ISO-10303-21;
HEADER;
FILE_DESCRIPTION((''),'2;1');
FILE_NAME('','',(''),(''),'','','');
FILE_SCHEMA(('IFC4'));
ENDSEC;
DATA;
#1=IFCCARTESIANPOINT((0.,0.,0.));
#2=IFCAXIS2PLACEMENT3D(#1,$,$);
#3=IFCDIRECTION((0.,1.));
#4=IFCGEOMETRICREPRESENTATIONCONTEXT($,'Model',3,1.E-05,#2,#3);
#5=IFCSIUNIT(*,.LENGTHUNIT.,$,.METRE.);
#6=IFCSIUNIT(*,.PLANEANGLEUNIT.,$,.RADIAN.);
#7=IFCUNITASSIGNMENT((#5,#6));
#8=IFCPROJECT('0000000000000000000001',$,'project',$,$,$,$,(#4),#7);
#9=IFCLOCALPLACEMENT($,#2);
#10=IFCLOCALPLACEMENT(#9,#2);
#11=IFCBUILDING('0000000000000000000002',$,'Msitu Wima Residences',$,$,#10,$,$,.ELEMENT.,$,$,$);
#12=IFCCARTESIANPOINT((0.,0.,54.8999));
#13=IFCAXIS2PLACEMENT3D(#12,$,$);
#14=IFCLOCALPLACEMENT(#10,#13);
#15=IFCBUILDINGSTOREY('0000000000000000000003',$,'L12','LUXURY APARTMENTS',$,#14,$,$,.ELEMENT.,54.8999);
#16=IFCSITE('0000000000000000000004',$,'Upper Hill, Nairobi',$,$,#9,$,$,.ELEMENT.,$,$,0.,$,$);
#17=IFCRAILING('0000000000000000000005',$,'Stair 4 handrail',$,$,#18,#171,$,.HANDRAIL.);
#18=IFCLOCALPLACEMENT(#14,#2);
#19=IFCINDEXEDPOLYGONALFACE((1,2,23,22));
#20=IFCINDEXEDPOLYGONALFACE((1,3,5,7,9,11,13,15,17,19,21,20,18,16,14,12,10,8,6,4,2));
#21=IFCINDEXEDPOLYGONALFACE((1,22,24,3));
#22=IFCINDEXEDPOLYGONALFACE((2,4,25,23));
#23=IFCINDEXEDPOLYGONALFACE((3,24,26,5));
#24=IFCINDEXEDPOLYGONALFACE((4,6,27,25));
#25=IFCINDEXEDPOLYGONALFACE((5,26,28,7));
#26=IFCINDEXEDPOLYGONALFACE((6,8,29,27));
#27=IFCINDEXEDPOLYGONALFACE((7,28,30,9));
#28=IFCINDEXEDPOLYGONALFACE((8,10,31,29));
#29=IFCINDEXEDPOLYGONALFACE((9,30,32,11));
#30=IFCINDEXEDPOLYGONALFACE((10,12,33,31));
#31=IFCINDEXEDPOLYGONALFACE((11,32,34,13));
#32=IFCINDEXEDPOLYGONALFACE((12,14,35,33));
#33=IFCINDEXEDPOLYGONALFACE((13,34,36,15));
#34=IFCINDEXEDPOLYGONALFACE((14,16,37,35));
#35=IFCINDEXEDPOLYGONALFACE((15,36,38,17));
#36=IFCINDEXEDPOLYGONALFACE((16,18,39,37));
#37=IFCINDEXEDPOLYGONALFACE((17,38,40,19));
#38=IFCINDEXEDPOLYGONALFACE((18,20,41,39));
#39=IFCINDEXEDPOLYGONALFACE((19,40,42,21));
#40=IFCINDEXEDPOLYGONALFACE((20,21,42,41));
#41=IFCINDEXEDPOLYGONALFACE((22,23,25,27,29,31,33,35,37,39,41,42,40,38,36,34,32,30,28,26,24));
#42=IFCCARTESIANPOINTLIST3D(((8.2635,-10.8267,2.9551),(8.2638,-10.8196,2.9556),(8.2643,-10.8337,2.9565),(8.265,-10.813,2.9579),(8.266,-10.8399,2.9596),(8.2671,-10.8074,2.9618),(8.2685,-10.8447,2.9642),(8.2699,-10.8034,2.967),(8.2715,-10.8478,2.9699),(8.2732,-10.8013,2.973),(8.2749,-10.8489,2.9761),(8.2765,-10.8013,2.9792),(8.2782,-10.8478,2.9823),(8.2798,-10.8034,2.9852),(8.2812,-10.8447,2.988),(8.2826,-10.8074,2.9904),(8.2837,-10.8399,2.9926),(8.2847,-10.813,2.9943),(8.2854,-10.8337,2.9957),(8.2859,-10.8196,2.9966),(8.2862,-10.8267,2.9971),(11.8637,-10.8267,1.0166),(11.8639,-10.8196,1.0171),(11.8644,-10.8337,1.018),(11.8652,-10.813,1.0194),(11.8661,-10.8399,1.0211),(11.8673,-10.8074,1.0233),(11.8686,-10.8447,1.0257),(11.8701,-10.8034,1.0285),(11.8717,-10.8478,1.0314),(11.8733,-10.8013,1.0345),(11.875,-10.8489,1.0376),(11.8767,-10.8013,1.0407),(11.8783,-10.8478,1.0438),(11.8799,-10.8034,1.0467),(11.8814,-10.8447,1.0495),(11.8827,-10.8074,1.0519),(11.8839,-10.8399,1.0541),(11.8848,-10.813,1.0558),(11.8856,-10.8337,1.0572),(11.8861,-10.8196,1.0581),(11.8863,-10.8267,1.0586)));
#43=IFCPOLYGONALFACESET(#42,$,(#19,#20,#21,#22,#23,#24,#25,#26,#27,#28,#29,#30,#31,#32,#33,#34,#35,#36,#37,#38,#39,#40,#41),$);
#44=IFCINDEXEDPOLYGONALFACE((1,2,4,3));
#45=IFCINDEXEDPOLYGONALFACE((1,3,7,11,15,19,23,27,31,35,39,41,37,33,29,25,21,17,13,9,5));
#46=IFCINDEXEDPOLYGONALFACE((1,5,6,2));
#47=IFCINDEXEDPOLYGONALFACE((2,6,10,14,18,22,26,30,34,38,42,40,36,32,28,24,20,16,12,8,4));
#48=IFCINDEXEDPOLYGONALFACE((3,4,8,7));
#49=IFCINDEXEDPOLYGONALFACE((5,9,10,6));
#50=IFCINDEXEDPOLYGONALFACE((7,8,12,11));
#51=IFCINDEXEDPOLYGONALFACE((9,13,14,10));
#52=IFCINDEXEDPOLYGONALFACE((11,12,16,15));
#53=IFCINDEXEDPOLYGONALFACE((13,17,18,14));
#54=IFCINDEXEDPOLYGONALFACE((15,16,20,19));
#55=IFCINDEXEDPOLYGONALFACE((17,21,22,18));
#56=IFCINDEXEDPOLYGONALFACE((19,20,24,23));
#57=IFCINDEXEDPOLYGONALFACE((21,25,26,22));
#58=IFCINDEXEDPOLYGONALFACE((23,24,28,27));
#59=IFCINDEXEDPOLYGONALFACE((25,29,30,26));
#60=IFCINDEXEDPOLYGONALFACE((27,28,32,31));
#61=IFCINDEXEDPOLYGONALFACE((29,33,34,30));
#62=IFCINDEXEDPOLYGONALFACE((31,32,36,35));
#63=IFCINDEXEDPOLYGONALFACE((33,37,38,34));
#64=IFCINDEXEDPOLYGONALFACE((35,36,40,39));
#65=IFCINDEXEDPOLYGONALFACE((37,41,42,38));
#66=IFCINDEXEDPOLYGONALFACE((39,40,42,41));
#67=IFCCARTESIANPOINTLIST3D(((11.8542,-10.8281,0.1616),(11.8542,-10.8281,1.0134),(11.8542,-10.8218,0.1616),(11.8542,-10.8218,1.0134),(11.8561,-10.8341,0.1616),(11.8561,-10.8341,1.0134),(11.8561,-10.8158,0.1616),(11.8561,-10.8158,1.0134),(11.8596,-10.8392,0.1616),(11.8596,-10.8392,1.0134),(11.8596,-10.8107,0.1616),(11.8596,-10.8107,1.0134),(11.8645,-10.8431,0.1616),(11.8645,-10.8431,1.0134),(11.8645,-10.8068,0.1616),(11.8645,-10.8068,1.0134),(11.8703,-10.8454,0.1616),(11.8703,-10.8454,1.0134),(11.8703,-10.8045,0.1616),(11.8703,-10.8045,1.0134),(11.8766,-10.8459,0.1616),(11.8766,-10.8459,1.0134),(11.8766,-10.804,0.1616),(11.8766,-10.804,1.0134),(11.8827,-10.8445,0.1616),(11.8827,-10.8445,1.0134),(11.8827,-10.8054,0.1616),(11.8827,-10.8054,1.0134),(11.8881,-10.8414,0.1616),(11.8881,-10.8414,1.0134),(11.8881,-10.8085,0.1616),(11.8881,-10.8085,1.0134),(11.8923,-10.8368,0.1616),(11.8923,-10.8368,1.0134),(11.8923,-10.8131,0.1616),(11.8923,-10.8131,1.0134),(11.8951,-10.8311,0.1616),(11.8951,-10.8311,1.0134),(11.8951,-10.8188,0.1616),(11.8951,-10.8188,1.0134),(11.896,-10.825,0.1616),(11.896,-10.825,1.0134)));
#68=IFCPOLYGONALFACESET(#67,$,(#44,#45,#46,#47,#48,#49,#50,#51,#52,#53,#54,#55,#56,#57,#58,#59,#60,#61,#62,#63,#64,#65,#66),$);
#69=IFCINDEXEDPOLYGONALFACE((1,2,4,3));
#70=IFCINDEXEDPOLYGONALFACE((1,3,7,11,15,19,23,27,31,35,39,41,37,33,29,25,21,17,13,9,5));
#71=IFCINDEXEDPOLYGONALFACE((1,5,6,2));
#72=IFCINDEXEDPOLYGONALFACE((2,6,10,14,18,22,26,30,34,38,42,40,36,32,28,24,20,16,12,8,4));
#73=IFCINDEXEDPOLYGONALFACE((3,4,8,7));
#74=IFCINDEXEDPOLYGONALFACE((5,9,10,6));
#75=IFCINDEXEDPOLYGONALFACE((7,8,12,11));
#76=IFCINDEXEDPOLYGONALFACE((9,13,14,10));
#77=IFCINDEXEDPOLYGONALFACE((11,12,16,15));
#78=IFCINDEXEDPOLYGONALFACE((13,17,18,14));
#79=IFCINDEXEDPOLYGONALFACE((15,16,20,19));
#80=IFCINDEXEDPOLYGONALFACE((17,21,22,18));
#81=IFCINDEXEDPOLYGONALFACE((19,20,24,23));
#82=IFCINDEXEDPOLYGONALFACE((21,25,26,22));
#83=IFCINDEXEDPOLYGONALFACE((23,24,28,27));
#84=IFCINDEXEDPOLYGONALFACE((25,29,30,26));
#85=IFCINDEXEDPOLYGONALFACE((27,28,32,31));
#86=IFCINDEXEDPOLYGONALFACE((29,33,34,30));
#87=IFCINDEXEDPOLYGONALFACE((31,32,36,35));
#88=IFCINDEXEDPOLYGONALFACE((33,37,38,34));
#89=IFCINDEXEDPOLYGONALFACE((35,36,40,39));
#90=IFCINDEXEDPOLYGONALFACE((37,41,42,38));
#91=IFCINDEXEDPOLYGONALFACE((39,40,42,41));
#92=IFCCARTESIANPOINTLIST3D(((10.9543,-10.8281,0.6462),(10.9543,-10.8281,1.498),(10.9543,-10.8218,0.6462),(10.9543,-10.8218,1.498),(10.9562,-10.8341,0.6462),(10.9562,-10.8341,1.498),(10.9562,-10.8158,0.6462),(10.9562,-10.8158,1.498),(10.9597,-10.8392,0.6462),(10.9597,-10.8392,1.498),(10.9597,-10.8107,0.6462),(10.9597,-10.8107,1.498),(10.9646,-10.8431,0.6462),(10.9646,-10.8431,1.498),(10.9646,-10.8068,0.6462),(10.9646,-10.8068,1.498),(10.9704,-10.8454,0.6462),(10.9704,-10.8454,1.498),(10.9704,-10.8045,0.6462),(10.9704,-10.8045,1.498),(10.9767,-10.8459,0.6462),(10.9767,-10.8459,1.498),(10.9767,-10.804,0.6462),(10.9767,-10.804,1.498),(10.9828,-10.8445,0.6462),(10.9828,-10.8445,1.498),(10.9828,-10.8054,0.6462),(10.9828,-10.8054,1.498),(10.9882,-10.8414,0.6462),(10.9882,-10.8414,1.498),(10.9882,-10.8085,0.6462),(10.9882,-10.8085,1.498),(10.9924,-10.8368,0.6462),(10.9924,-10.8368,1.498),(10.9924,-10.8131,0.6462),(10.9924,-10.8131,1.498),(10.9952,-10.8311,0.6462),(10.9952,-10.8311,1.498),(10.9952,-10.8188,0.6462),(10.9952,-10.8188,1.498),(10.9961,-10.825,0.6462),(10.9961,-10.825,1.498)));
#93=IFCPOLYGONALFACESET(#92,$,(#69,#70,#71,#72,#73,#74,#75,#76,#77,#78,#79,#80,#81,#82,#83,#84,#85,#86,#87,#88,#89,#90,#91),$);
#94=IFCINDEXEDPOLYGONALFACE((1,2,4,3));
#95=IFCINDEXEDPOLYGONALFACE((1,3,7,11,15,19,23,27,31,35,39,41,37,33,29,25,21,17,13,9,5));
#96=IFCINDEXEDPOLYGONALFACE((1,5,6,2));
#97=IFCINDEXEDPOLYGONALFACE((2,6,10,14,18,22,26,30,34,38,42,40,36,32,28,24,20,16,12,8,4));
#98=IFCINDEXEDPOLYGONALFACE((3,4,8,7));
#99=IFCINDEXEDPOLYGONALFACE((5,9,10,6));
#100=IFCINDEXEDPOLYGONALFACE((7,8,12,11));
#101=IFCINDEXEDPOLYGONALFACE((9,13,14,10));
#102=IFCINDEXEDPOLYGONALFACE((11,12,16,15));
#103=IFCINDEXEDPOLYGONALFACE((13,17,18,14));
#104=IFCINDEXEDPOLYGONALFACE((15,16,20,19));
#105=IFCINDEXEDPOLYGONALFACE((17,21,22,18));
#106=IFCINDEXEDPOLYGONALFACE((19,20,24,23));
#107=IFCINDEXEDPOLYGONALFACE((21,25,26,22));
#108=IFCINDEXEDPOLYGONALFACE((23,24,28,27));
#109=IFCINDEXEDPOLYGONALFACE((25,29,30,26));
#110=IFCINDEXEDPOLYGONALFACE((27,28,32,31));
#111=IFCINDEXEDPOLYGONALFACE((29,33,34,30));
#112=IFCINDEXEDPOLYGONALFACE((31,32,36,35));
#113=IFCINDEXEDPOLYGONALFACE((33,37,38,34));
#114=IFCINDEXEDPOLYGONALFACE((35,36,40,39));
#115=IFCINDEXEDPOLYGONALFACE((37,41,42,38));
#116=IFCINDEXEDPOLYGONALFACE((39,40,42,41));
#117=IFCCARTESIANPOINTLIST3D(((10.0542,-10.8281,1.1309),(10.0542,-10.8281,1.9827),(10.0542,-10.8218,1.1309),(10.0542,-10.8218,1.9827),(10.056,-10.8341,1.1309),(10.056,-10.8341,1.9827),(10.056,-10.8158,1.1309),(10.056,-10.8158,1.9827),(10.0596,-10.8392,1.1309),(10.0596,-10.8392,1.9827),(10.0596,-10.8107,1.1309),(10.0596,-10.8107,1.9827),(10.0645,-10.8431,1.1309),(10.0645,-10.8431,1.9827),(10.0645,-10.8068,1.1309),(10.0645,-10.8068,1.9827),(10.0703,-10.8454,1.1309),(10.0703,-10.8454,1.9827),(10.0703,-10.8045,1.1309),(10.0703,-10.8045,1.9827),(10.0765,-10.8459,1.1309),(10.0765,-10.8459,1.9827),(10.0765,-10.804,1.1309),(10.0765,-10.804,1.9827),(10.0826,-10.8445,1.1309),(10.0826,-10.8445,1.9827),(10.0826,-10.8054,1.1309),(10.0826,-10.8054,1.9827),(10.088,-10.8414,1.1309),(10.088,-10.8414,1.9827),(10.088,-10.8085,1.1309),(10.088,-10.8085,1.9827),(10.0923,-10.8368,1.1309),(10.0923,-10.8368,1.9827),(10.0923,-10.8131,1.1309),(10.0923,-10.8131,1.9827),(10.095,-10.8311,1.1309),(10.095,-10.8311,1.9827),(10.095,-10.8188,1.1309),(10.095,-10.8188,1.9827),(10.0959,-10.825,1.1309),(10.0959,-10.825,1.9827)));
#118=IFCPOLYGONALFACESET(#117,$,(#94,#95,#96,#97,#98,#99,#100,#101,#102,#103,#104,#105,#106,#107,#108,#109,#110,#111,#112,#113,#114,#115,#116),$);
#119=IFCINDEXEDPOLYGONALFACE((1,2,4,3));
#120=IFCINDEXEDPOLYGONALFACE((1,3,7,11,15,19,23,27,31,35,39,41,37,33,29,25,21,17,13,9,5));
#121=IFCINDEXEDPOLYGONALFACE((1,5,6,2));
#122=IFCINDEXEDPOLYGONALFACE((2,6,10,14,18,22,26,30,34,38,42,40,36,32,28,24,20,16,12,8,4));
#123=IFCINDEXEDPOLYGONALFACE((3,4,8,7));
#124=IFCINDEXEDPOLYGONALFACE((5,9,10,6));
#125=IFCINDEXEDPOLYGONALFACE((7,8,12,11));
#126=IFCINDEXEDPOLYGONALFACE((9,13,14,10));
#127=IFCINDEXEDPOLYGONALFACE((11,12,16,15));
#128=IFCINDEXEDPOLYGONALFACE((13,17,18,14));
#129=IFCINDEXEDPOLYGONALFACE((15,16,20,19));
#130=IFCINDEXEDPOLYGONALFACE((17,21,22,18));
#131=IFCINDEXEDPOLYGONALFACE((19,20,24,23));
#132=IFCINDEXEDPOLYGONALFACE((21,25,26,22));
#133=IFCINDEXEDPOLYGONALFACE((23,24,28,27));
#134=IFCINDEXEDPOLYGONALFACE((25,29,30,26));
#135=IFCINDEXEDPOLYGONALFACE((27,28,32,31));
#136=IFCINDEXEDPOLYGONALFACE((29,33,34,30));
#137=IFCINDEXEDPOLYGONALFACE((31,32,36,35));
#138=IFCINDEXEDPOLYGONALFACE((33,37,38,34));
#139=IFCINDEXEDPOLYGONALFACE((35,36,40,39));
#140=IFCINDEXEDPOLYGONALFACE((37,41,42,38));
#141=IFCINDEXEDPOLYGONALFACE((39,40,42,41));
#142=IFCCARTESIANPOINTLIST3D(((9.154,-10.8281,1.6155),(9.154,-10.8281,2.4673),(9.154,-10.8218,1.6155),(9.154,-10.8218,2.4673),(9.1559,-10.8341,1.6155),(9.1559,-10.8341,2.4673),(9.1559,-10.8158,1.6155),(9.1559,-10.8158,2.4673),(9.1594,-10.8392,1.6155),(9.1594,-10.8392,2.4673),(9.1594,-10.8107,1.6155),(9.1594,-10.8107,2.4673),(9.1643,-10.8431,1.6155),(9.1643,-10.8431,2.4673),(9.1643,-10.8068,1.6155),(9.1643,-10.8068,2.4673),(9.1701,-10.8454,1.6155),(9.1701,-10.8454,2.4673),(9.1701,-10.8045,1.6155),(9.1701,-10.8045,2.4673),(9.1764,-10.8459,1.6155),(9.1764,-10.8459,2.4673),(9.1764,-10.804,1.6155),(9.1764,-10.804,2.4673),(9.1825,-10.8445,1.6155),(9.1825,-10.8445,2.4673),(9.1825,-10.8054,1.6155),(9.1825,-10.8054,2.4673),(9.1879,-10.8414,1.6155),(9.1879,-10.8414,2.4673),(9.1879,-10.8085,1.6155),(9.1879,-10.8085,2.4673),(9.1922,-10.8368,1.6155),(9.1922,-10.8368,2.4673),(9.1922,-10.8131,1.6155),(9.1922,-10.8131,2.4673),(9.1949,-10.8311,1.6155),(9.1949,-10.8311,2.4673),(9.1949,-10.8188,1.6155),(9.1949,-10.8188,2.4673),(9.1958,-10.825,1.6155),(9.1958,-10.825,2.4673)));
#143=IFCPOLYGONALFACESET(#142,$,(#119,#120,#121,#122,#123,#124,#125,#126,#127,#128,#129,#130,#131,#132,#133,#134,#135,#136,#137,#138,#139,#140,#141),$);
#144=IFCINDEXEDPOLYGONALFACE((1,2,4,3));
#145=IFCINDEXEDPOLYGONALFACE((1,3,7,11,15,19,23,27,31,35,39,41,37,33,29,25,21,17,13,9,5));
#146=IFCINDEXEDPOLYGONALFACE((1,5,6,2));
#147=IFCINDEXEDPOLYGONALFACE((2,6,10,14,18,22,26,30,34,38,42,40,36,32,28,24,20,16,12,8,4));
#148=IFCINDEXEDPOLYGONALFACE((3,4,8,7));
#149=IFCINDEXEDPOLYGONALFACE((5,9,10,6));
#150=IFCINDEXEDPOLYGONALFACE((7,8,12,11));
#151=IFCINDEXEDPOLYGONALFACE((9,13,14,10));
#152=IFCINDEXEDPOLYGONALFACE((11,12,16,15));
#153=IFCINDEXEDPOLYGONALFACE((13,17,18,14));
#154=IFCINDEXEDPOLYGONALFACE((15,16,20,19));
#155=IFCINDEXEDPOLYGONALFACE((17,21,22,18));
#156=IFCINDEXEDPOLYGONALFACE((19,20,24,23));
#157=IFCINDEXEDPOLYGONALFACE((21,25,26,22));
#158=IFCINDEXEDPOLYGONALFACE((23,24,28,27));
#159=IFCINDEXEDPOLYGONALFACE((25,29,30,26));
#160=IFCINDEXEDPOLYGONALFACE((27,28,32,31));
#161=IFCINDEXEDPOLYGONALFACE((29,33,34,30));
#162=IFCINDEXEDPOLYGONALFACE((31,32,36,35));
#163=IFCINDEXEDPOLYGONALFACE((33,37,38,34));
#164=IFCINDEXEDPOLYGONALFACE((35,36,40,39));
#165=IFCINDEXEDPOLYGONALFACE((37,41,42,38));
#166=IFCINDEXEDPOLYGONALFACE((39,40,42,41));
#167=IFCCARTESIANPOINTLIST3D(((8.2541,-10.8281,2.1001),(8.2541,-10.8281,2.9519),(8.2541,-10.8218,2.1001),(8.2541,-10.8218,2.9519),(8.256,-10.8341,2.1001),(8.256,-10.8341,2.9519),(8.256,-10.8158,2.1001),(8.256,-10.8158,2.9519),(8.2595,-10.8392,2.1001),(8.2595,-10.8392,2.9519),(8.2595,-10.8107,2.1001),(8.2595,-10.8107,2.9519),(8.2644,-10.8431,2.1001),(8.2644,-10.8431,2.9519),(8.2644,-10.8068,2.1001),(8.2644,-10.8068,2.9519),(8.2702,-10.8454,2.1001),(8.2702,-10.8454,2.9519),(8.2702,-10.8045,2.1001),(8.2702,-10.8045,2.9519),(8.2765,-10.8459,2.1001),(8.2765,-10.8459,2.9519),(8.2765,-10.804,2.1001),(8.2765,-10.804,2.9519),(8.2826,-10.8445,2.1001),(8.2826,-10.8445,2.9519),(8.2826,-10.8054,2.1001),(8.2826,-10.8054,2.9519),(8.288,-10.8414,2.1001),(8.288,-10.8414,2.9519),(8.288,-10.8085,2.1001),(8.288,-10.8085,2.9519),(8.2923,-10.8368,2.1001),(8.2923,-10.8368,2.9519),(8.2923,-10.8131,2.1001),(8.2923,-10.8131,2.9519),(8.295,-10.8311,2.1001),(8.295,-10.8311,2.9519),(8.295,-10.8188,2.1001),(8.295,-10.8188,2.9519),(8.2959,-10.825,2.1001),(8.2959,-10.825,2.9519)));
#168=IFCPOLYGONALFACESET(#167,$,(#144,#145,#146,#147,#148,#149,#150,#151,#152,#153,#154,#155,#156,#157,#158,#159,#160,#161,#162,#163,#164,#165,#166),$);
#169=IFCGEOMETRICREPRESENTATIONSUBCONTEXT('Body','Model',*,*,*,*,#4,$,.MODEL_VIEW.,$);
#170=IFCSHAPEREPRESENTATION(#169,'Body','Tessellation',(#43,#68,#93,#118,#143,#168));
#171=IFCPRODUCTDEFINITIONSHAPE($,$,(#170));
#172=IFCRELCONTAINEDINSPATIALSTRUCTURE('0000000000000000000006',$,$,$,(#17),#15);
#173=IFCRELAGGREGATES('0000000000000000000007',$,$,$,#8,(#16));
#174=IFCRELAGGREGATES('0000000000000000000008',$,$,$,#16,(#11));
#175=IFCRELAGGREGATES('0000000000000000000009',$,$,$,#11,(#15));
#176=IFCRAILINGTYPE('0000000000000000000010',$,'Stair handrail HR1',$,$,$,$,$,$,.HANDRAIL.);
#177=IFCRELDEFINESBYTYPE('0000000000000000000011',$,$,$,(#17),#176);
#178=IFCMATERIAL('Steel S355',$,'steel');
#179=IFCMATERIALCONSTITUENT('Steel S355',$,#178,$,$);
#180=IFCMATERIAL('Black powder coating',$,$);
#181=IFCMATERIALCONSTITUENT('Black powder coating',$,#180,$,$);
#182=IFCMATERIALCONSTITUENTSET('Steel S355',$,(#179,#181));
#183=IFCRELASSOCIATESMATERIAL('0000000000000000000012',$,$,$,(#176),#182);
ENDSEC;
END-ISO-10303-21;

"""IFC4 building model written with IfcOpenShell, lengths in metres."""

from ifc_helpers import new_model, si_unit, direction, frame, origin, origin_2d, place, context, subcontext, project, spatial, circle, extrude, material, constituent, constituent_set, type_object, element, save


model = new_model("IFC4")

# Units and contexts
model_context = context("Model", 3, precision=1e-05, world=origin(), true_north=direction((0.0, 1.0)))
body_context = subcontext(model_context, "Body", "Model", "MODEL_VIEW")
ifc_project = project(units=[si_unit("LENGTHUNIT", "METRE"), si_unit("PLANEANGLEUNIT", "RADIAN")], contexts=[model_context])

# Site, building, storey
site_placement = place(None, origin())
site = spatial("IfcSite", under=ifc_project, at=site_placement, Name="Upper Hill, Nairobi", CompositionType="ELEMENT", RefElevation=0.0)
building_placement = place(site_placement, origin())
building = spatial("IfcBuilding", under=site, at=building_placement, Name="Msitu Wima Residences", CompositionType="ELEMENT")
storey_placement = place(building_placement, frame((0.0, 0.0, 54.8999)))
storey = spatial("IfcBuildingStorey", under=building, at=storey_placement, Name="L12", Description="LUXURY APARTMENTS", CompositionType="ELEMENT", Elevation=54.8999)

# Railing
ifc_material_1 = material(Name="Steel S355", Category="steel")
ifc_constituent_1 = constituent(ifc_material_1, Name="Steel S355")
ifc_material_2 = material(Name="Black powder coating")
ifc_constituent_2 = constituent(ifc_material_2, Name="Black powder coating")
ifc_constituent_set = constituent_set(constituents=[ifc_constituent_1, ifc_constituent_2], Name="Steel S355")
railing_type = type_object("IfcRailingType", Name="Stair handrail HR1", PredefinedType="HANDRAIL", material=ifc_constituent_set)
for number, where, name in (
    (1, (11.875, -10.825, 0.1616), "Stair 4 handrail"),
):
    element("IfcRailing", number, at=place(storey_placement, frame(where)), inside=storey, type_object=railing_type, Name=name, PredefinedType="HANDRAIL", context=body_context, shape_type="SweptSolid", body=[
        extrude(circle(Radius=0.0239, at=origin_2d()), frame((0.0, 0.0, 0.876), z_axis=(-0.880475, 0.0, 0.474093), x_axis=(0.0, -1.0, 0.0)), (0.0, 0.0, 1.0), 4.0889),
        extrude(circle(Radius=0.021, at=origin_2d()), origin(), (0.0, 0.0, 1.0), 0.8518),
        extrude(circle(Radius=0.021, at=origin_2d()), frame((-0.8999, 0.0, 0.4846)), (0.0, 0.0, 1.0), 0.8518),
        extrude(circle(Radius=0.021, at=origin_2d()), frame((-1.8, 0.0, 0.9692)), (0.0, 0.0, 1.0), 0.8518),
        extrude(circle(Radius=0.021, at=origin_2d()), frame((-2.7002, 0.0, 1.4539)), (0.0, 0.0, 1.0), 0.8518),
        extrude(circle(Radius=0.021, at=origin_2d()), frame((-3.6001, 0.0, 1.9385)), (0.0, 0.0, 1.0), 0.8518),
    ])

save(model, "model.ifc")
